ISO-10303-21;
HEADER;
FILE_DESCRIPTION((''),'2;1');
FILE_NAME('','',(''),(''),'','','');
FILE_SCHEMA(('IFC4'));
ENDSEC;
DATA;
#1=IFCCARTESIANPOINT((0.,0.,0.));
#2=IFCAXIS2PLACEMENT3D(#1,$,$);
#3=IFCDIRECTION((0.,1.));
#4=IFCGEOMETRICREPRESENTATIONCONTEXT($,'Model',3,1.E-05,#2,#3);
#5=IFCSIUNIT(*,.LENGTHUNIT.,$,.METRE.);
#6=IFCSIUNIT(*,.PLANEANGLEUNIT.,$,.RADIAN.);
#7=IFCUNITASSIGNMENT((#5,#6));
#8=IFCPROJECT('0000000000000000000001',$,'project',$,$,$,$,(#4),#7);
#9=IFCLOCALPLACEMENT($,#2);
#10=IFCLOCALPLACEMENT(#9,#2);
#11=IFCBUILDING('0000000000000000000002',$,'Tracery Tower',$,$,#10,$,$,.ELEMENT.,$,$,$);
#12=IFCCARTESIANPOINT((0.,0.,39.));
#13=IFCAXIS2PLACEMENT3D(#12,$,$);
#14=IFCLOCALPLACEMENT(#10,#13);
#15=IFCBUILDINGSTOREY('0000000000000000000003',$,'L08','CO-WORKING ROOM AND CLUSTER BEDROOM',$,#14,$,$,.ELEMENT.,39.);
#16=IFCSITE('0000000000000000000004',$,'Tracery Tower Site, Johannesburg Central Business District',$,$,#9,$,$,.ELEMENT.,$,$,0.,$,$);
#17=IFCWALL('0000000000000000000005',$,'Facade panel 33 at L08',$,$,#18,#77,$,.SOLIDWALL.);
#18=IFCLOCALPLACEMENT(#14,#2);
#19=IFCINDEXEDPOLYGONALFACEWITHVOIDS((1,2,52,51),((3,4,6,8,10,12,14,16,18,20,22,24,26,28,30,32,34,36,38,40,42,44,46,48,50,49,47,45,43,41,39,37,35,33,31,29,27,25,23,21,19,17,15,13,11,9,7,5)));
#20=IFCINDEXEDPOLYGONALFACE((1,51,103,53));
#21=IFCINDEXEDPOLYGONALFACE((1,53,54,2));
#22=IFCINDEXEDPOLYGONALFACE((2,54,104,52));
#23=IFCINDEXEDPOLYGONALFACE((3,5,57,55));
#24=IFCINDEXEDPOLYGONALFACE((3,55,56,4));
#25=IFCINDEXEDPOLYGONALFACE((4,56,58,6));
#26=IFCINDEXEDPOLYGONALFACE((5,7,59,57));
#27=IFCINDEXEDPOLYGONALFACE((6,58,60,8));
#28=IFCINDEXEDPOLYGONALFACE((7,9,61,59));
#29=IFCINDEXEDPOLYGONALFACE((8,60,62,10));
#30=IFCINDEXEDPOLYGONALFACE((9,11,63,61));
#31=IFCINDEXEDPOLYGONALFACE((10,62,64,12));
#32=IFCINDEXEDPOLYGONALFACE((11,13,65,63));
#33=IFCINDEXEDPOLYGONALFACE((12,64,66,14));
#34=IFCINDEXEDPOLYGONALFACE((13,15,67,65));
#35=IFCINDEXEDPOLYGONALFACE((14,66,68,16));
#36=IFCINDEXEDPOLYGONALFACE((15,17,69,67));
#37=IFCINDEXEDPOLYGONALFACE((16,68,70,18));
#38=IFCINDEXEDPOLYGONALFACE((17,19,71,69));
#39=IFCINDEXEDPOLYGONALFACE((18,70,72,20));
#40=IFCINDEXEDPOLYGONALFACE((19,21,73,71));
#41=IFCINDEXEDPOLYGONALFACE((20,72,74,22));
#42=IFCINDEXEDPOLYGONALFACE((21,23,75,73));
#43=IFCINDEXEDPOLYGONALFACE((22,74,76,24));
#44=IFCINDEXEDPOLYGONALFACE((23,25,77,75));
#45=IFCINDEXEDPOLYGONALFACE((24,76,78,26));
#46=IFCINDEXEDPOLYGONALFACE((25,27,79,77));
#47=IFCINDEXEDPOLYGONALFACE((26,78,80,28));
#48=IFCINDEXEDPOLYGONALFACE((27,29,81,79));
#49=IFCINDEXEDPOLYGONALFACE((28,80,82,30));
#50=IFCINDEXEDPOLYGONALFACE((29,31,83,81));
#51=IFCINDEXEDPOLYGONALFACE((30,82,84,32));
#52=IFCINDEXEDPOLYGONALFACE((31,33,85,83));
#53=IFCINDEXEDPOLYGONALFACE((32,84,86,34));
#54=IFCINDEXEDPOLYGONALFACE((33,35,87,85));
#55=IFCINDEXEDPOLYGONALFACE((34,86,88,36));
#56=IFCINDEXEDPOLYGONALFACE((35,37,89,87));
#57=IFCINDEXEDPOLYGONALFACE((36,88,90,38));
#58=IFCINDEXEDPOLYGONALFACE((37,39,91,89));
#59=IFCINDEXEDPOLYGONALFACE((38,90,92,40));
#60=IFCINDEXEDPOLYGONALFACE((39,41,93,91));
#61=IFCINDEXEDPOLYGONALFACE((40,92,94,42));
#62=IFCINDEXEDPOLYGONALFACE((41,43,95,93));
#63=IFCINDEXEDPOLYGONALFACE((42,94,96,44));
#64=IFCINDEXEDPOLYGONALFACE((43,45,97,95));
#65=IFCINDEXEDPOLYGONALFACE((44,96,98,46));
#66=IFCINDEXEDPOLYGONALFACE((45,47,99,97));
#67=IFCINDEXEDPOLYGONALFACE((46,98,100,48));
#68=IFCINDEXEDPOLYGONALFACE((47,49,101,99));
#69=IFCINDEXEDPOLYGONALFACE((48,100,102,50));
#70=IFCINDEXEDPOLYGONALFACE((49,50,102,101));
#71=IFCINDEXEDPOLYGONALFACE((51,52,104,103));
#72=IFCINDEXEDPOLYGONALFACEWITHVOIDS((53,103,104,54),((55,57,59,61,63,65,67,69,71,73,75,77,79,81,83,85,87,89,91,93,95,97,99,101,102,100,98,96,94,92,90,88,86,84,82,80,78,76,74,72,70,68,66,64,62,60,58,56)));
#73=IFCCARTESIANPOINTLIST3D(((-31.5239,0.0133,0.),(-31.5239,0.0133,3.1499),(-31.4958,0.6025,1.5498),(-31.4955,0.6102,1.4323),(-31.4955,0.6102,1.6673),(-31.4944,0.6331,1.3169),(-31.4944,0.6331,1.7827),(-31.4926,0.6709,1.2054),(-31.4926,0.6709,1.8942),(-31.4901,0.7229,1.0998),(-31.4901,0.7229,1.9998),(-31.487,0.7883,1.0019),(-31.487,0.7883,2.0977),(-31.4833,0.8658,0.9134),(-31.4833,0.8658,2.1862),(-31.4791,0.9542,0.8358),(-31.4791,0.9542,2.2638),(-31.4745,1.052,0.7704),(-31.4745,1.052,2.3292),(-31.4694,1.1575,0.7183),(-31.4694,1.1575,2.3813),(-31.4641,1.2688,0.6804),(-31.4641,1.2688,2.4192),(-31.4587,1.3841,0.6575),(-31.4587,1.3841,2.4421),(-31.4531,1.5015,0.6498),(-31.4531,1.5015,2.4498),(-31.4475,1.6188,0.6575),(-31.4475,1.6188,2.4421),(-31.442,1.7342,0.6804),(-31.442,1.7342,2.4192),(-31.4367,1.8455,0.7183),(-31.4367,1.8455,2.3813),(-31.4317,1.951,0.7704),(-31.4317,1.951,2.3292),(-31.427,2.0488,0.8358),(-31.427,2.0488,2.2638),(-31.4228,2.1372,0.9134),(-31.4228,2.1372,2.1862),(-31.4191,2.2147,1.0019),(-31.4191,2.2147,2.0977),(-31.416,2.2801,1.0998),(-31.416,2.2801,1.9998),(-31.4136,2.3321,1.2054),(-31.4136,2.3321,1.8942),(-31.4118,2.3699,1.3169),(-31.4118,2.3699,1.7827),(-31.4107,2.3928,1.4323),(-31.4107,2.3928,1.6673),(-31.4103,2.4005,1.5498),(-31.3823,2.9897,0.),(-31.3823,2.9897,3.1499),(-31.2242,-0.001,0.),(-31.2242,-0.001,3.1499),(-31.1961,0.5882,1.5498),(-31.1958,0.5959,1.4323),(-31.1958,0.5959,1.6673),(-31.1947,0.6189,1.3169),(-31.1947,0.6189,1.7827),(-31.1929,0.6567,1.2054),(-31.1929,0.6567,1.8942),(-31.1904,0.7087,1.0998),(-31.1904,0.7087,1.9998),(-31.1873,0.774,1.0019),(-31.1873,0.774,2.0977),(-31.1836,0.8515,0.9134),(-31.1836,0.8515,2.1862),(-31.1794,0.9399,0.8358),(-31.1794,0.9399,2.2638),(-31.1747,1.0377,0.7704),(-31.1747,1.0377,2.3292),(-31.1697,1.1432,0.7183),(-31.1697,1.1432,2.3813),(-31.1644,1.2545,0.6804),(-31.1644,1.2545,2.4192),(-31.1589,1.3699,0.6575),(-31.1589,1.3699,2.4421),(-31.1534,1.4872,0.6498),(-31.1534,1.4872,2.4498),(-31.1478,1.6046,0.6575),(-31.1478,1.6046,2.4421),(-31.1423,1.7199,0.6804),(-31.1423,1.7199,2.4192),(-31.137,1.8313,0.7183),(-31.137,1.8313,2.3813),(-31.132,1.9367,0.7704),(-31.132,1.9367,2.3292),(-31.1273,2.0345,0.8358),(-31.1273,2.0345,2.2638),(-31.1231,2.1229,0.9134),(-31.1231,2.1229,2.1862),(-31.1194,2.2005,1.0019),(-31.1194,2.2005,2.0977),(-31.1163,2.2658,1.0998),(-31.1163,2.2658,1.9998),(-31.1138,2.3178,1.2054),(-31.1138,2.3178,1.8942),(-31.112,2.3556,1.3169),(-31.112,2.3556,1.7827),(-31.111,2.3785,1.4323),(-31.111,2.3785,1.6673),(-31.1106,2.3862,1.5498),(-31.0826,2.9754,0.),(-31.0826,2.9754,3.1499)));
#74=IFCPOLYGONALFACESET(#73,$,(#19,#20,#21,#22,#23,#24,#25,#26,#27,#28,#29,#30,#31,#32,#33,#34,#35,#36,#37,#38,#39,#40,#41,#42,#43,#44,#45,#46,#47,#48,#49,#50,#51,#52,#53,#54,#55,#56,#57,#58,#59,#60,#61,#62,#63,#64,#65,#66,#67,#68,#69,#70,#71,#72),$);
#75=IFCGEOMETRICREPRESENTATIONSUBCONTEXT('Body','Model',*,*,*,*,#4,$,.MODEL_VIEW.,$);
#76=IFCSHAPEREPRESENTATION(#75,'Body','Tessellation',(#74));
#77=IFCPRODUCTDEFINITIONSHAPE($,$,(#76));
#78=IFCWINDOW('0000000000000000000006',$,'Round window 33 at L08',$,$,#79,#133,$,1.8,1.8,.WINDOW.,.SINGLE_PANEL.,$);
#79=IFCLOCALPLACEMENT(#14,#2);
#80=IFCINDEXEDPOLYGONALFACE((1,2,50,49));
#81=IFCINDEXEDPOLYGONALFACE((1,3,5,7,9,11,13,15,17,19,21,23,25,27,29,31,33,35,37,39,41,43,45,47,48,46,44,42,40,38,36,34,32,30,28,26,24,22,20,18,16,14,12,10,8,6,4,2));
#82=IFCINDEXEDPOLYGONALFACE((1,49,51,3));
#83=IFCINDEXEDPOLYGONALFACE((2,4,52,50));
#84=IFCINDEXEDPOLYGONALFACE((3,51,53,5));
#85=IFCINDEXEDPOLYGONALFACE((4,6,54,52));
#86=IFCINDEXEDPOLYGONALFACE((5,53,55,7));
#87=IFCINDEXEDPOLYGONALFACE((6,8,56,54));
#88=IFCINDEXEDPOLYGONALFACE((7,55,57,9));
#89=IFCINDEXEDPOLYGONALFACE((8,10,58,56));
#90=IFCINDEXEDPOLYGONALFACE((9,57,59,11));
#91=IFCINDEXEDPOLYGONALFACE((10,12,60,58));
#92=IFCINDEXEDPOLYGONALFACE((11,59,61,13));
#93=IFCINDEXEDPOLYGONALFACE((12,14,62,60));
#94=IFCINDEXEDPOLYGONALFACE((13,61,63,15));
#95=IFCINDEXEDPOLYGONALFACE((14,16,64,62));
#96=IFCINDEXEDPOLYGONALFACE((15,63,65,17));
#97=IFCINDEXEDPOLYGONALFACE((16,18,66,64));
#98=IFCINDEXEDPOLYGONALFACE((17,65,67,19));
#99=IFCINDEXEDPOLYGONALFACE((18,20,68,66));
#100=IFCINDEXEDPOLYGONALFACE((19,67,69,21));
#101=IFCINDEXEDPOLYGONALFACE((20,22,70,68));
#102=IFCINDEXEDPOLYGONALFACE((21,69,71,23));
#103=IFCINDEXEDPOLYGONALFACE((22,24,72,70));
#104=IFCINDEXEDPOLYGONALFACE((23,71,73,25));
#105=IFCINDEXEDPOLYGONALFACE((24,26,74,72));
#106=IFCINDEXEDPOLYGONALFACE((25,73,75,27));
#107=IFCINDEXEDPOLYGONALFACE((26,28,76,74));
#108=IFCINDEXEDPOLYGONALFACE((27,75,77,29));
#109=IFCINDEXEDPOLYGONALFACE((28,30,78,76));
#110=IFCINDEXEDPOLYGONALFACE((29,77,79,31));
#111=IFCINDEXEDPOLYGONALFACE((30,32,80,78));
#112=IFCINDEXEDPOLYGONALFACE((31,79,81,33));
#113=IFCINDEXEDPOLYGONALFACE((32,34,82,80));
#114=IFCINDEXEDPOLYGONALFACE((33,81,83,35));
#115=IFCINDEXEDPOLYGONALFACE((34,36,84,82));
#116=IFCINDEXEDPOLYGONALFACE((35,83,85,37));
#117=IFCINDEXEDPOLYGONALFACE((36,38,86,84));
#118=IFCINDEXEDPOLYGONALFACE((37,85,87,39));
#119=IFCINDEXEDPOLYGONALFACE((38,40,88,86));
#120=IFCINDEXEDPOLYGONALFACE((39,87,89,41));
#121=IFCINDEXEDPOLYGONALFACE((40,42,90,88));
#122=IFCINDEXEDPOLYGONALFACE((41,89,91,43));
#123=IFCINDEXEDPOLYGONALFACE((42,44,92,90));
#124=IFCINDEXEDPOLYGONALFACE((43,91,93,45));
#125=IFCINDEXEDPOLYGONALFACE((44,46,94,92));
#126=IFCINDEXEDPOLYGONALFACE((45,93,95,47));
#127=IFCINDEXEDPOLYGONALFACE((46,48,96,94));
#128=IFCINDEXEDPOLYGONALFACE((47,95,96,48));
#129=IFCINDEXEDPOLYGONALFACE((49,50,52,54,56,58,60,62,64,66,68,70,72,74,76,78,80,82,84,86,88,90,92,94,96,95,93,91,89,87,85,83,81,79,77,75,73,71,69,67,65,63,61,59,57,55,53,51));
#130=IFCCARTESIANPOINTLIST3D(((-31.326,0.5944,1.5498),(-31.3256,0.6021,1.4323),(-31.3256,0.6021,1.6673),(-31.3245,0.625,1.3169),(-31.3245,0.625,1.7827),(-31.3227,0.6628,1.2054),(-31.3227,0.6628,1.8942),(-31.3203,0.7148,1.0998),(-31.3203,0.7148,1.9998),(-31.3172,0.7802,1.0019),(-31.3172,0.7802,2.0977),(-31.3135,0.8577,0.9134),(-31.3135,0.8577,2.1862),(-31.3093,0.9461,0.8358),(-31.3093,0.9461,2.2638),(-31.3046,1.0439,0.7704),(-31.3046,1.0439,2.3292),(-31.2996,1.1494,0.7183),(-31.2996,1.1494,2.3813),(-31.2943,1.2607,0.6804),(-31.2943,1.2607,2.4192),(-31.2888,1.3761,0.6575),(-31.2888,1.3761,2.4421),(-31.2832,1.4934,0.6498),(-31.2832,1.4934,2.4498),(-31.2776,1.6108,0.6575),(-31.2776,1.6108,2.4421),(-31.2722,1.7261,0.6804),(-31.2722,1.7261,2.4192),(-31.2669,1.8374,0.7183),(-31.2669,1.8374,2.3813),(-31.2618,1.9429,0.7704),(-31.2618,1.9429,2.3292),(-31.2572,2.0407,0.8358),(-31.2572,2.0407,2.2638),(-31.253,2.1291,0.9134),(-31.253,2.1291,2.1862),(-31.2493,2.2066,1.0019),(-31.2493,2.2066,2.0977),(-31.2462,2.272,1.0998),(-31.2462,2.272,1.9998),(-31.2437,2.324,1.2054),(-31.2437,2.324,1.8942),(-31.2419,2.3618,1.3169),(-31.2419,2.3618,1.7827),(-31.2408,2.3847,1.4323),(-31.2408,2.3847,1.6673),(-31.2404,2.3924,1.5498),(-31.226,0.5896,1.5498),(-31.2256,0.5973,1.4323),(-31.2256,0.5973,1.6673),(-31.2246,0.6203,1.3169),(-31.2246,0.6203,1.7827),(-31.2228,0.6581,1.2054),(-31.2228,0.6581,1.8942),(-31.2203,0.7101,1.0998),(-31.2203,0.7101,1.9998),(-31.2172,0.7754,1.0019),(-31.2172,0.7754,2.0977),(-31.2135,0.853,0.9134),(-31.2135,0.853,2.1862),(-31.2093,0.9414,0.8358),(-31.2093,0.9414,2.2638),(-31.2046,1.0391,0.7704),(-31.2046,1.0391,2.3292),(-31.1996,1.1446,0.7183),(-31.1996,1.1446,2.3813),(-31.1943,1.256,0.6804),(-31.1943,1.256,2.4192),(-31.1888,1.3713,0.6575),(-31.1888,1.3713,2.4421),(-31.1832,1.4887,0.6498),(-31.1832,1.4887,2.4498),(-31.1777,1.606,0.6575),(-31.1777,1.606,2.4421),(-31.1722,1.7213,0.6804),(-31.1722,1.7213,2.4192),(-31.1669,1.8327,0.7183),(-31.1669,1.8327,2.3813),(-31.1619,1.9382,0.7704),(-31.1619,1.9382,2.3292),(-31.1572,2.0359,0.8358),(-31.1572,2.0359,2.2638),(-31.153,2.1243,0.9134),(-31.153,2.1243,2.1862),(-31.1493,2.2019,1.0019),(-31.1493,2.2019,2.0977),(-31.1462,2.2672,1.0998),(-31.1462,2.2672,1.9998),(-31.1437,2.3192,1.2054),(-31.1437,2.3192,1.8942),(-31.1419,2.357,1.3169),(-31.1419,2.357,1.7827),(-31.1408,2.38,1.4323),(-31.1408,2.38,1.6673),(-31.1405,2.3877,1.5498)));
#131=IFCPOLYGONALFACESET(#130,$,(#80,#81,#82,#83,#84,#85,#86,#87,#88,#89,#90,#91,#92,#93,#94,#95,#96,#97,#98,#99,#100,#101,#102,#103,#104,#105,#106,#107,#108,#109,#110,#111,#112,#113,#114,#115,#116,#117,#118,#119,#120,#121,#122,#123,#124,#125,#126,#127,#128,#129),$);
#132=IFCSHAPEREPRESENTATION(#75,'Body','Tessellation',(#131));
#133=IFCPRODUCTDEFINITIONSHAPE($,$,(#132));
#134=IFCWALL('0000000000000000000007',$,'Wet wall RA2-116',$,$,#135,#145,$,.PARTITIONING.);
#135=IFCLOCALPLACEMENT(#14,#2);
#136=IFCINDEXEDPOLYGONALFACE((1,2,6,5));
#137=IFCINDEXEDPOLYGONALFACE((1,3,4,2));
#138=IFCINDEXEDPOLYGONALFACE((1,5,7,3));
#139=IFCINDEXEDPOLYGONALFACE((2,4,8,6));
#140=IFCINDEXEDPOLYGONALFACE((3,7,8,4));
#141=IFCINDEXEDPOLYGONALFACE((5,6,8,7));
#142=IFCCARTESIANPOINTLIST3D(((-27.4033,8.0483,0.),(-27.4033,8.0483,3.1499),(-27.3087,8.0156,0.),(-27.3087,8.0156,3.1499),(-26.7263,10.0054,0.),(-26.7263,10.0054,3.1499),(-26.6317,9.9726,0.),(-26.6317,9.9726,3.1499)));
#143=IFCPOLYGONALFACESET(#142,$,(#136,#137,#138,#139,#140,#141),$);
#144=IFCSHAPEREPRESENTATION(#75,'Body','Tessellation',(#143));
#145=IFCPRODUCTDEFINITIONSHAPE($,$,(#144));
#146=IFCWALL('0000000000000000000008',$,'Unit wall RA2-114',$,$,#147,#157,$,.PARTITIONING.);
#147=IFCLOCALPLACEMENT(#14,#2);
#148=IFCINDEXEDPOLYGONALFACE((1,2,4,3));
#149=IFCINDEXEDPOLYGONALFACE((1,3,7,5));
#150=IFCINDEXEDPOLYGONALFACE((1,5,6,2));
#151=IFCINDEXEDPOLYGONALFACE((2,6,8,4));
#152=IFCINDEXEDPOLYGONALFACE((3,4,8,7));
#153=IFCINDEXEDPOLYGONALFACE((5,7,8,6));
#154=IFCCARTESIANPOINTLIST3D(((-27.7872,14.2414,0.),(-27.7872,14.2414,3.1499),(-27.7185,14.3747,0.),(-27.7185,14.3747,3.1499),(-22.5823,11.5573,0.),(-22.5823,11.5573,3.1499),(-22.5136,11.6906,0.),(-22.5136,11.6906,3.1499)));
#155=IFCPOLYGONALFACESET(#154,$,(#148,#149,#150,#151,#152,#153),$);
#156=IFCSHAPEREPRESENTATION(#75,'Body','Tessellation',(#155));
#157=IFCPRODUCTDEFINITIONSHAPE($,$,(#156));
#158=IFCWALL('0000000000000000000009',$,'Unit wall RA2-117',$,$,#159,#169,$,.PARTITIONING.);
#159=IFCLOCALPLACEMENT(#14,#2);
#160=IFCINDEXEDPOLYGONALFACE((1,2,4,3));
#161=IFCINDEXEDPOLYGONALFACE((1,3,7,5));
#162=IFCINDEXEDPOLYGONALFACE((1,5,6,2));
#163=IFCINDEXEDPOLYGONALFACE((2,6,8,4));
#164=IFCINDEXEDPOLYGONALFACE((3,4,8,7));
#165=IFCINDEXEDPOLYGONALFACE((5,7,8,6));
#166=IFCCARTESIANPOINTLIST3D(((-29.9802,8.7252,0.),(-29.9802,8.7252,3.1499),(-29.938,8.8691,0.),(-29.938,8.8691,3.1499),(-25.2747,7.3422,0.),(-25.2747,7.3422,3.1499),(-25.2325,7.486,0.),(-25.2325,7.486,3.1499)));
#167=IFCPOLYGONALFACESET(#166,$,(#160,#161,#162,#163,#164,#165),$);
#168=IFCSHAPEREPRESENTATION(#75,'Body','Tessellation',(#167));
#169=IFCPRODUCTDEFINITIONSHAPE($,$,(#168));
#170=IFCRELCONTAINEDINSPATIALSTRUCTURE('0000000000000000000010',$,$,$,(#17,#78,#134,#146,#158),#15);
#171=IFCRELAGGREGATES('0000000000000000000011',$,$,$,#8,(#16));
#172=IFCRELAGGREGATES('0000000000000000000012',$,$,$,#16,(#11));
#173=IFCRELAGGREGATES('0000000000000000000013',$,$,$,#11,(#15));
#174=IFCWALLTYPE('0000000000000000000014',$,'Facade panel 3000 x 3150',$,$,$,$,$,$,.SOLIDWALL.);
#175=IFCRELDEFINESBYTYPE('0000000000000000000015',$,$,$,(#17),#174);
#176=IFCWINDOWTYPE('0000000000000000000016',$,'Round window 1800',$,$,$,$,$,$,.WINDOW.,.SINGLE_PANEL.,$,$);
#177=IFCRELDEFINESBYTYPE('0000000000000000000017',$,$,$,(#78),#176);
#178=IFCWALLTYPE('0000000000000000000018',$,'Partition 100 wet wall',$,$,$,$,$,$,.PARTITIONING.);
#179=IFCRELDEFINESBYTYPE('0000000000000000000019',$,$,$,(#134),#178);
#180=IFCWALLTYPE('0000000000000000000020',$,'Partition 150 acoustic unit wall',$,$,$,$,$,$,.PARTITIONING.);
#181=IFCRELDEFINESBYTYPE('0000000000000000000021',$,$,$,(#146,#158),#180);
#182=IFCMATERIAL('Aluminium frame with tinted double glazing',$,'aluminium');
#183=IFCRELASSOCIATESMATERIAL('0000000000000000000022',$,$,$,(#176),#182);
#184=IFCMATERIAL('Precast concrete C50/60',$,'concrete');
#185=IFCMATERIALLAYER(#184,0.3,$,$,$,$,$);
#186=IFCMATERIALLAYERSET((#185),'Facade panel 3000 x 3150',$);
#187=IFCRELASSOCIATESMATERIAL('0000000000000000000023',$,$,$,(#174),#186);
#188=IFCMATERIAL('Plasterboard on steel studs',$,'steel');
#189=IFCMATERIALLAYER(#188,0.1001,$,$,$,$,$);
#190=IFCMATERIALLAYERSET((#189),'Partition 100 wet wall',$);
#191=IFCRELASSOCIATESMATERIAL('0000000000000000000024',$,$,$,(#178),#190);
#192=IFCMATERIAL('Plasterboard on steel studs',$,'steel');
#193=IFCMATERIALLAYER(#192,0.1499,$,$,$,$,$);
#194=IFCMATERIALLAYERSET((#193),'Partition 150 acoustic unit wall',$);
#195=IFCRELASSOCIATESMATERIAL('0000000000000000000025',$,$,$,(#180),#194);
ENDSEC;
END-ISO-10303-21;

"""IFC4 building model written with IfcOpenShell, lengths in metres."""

from ifc_helpers import new_model, si_unit, direction, frame, frame_2d, origin, origin_2d, place, context, subcontext, project, spatial, rectangle, circle, extrude, material, layer, layer_set, type_object, element, fill, save


model = new_model("IFC4")

# Units and contexts
model_context = context("Model", 3, precision=1e-05, world=origin(), true_north=direction((0.0, 1.0)))
body_context = subcontext(model_context, "Body", "Model", "MODEL_VIEW")
ifc_project = project(units=[si_unit("LENGTHUNIT", "METRE"), si_unit("PLANEANGLEUNIT", "RADIAN")], contexts=[model_context])

# Site, building, storey
site_placement = place(None, origin())
site = spatial("IfcSite", under=ifc_project, at=site_placement, Name="Tracery Tower Site, Johannesburg Central Business District", CompositionType="ELEMENT", RefElevation=0.0)
building_placement = place(site_placement, origin())
building = spatial("IfcBuilding", under=site, at=building_placement, Name="Tracery Tower", CompositionType="ELEMENT")
storey_placement = place(building_placement, frame((0.0, 0.0, 39.0)))
storey = spatial("IfcBuildingStorey", under=building, at=storey_placement, Name="L08", Description="CO-WORKING ROOM AND CLUSTER BEDROOM", CompositionType="ELEMENT", Elevation=39.0)

# Wall, opening, window
ifc_material_1 = material(Name="Aluminium frame with tinted double glazing", Category="aluminium")
window_type = type_object("IfcWindowType", Name="Round window 1800", PartitioningType="SINGLE_PANEL", PredefinedType="WINDOW", material=ifc_material_1)
ifc_material_2 = material(Name="Precast concrete C50/60", Category="concrete")
ifc_layer_1 = layer(ifc_material_2, 0.3)
ifc_layer_set_1 = layer_set([ifc_layer_1], Name="Facade panel 3000 x 3150")
wall_type_1 = type_object("IfcWallType", Name="Facade panel 3000 x 3150", PredefinedType="SOLIDWALL", material=ifc_layer_set_1)
wall_1_placement = place(storey_placement, frame((-31.2324, 2.9824, 0.0), z_axis=(0.0, 0.0, 1.0), x_axis=(-0.047522, -0.99887, 0.0)))
wall_1 = element("IfcWall", 1, at=wall_1_placement, inside=storey, type_object=wall_type_1, Name="Facade panel 33 at L08", PredefinedType="SOLIDWALL", context=body_context, shape_type="SweptSolid", body=[
    extrude(rectangle(XDim=2.9797, YDim=0.3, at=frame_2d((1.4897, 0.0))), origin(), (0.0, 0.0, 1.0), 3.1499),
])
opening_1_placement = place(wall_1_placement, frame((1.4897, 0.0, 1.5498)))
opening_1 = element("IfcOpeningElement", 2, at=opening_1_placement, cuts=wall_1, PredefinedType="OPENING", context=body_context, shape_type="SweptSolid", body=[
    extrude(circle(Radius=0.9, at=origin_2d()), frame((0.0, 0.1599, 0.0), z_axis=(0.0, -1.0, 0.0), x_axis=(1.0, 0.0, 0.0)), (0.0, 0.0, 1.0), 0.3201),
])
window_1_placement = place(opening_1_placement, origin())
window_1 = element("IfcWindow", 3, at=window_1_placement, inside=storey, type_object=window_type, Name="Round window 33 at L08", OverallHeight=1.8, OverallWidth=1.8, PartitioningType="SINGLE_PANEL", PredefinedType="WINDOW", context=body_context, shape_type="SweptSolid", body=[
    extrude(circle(Radius=0.9, at=origin_2d()), frame((0.0, 0.1201, 0.0), z_axis=(0.0, -1.0, 0.0), x_axis=(1.0, 0.0, 0.0)), (0.0, 0.0, 1.0), 0.1001),
])
fill(opening_1, window_1)

# Walls
ifc_material_3 = material(Name="Plasterboard on steel studs", Category="steel")
ifc_layer_2 = layer(ifc_material_3, 0.1001)
ifc_layer_set_2 = layer_set([ifc_layer_2], Name="Partition 100 wet wall")
wall_type_2 = type_object("IfcWallType", Name="Partition 100 wet wall", PredefinedType="PARTITIONING", material=ifc_layer_set_2)
wall_2_placement = place(storey_placement, frame((-27.356, 8.032, 0.0), z_axis=(0.0, 0.0, 1.0), x_axis=(0.326924, 0.945051, 0.0)))
element("IfcWall", 4, at=wall_2_placement, inside=storey, type_object=wall_type_2, Name="Wet wall RA2-116", PredefinedType="PARTITIONING", context=body_context, shape_type="SweptSolid", body=[
    extrude(rectangle(XDim=2.0708, YDim=0.1001, at=frame_2d((1.0354, 0.0))), origin(), (0.0, 0.0, 1.0), 3.1499),
])
ifc_material_4 = material(Name="Plasterboard on steel studs", Category="steel")
ifc_layer_3 = layer(ifc_material_4, 0.1499)
ifc_layer_set_3 = layer_set([ifc_layer_3], Name="Partition 150 acoustic unit wall")
wall_type_3 = type_object("IfcWallType", Name="Partition 150 acoustic unit wall", PredefinedType="PARTITIONING", material=ifc_layer_set_3)
wall_3_placement = place(storey_placement, frame((-27.7529, 14.3081, 0.0), z_axis=(0.0, 0.0, 1.0), x_axis=(0.88878, -0.458335, 0.0)))
element("IfcWall", 5, at=wall_3_placement, inside=storey, type_object=wall_type_3, Name="Unit wall RA2-114", PredefinedType="PARTITIONING", context=body_context, shape_type="SweptSolid", body=[
    extrude(rectangle(XDim=5.8562, YDim=0.1499, at=frame_2d((2.9282, 0.0))), origin(), (0.0, 0.0, 1.0), 3.1499),
])
wall_4_placement = place(storey_placement, frame((-29.959, 8.7971, 0.0), z_axis=(0.0, 0.0, 1.0), x_axis=(0.959417, -0.281991, 0.0)))
element("IfcWall", 6, at=wall_4_placement, inside=storey, type_object=wall_type_3, Name="Unit wall RA2-117", PredefinedType="PARTITIONING", context=body_context, shape_type="SweptSolid", body=[
    extrude(rectangle(XDim=4.9045, YDim=0.1499, at=frame_2d((2.4521, 0.0))), origin(), (0.0, 0.0, 1.0), 3.1499),
])

save(model, "model.ifc")
